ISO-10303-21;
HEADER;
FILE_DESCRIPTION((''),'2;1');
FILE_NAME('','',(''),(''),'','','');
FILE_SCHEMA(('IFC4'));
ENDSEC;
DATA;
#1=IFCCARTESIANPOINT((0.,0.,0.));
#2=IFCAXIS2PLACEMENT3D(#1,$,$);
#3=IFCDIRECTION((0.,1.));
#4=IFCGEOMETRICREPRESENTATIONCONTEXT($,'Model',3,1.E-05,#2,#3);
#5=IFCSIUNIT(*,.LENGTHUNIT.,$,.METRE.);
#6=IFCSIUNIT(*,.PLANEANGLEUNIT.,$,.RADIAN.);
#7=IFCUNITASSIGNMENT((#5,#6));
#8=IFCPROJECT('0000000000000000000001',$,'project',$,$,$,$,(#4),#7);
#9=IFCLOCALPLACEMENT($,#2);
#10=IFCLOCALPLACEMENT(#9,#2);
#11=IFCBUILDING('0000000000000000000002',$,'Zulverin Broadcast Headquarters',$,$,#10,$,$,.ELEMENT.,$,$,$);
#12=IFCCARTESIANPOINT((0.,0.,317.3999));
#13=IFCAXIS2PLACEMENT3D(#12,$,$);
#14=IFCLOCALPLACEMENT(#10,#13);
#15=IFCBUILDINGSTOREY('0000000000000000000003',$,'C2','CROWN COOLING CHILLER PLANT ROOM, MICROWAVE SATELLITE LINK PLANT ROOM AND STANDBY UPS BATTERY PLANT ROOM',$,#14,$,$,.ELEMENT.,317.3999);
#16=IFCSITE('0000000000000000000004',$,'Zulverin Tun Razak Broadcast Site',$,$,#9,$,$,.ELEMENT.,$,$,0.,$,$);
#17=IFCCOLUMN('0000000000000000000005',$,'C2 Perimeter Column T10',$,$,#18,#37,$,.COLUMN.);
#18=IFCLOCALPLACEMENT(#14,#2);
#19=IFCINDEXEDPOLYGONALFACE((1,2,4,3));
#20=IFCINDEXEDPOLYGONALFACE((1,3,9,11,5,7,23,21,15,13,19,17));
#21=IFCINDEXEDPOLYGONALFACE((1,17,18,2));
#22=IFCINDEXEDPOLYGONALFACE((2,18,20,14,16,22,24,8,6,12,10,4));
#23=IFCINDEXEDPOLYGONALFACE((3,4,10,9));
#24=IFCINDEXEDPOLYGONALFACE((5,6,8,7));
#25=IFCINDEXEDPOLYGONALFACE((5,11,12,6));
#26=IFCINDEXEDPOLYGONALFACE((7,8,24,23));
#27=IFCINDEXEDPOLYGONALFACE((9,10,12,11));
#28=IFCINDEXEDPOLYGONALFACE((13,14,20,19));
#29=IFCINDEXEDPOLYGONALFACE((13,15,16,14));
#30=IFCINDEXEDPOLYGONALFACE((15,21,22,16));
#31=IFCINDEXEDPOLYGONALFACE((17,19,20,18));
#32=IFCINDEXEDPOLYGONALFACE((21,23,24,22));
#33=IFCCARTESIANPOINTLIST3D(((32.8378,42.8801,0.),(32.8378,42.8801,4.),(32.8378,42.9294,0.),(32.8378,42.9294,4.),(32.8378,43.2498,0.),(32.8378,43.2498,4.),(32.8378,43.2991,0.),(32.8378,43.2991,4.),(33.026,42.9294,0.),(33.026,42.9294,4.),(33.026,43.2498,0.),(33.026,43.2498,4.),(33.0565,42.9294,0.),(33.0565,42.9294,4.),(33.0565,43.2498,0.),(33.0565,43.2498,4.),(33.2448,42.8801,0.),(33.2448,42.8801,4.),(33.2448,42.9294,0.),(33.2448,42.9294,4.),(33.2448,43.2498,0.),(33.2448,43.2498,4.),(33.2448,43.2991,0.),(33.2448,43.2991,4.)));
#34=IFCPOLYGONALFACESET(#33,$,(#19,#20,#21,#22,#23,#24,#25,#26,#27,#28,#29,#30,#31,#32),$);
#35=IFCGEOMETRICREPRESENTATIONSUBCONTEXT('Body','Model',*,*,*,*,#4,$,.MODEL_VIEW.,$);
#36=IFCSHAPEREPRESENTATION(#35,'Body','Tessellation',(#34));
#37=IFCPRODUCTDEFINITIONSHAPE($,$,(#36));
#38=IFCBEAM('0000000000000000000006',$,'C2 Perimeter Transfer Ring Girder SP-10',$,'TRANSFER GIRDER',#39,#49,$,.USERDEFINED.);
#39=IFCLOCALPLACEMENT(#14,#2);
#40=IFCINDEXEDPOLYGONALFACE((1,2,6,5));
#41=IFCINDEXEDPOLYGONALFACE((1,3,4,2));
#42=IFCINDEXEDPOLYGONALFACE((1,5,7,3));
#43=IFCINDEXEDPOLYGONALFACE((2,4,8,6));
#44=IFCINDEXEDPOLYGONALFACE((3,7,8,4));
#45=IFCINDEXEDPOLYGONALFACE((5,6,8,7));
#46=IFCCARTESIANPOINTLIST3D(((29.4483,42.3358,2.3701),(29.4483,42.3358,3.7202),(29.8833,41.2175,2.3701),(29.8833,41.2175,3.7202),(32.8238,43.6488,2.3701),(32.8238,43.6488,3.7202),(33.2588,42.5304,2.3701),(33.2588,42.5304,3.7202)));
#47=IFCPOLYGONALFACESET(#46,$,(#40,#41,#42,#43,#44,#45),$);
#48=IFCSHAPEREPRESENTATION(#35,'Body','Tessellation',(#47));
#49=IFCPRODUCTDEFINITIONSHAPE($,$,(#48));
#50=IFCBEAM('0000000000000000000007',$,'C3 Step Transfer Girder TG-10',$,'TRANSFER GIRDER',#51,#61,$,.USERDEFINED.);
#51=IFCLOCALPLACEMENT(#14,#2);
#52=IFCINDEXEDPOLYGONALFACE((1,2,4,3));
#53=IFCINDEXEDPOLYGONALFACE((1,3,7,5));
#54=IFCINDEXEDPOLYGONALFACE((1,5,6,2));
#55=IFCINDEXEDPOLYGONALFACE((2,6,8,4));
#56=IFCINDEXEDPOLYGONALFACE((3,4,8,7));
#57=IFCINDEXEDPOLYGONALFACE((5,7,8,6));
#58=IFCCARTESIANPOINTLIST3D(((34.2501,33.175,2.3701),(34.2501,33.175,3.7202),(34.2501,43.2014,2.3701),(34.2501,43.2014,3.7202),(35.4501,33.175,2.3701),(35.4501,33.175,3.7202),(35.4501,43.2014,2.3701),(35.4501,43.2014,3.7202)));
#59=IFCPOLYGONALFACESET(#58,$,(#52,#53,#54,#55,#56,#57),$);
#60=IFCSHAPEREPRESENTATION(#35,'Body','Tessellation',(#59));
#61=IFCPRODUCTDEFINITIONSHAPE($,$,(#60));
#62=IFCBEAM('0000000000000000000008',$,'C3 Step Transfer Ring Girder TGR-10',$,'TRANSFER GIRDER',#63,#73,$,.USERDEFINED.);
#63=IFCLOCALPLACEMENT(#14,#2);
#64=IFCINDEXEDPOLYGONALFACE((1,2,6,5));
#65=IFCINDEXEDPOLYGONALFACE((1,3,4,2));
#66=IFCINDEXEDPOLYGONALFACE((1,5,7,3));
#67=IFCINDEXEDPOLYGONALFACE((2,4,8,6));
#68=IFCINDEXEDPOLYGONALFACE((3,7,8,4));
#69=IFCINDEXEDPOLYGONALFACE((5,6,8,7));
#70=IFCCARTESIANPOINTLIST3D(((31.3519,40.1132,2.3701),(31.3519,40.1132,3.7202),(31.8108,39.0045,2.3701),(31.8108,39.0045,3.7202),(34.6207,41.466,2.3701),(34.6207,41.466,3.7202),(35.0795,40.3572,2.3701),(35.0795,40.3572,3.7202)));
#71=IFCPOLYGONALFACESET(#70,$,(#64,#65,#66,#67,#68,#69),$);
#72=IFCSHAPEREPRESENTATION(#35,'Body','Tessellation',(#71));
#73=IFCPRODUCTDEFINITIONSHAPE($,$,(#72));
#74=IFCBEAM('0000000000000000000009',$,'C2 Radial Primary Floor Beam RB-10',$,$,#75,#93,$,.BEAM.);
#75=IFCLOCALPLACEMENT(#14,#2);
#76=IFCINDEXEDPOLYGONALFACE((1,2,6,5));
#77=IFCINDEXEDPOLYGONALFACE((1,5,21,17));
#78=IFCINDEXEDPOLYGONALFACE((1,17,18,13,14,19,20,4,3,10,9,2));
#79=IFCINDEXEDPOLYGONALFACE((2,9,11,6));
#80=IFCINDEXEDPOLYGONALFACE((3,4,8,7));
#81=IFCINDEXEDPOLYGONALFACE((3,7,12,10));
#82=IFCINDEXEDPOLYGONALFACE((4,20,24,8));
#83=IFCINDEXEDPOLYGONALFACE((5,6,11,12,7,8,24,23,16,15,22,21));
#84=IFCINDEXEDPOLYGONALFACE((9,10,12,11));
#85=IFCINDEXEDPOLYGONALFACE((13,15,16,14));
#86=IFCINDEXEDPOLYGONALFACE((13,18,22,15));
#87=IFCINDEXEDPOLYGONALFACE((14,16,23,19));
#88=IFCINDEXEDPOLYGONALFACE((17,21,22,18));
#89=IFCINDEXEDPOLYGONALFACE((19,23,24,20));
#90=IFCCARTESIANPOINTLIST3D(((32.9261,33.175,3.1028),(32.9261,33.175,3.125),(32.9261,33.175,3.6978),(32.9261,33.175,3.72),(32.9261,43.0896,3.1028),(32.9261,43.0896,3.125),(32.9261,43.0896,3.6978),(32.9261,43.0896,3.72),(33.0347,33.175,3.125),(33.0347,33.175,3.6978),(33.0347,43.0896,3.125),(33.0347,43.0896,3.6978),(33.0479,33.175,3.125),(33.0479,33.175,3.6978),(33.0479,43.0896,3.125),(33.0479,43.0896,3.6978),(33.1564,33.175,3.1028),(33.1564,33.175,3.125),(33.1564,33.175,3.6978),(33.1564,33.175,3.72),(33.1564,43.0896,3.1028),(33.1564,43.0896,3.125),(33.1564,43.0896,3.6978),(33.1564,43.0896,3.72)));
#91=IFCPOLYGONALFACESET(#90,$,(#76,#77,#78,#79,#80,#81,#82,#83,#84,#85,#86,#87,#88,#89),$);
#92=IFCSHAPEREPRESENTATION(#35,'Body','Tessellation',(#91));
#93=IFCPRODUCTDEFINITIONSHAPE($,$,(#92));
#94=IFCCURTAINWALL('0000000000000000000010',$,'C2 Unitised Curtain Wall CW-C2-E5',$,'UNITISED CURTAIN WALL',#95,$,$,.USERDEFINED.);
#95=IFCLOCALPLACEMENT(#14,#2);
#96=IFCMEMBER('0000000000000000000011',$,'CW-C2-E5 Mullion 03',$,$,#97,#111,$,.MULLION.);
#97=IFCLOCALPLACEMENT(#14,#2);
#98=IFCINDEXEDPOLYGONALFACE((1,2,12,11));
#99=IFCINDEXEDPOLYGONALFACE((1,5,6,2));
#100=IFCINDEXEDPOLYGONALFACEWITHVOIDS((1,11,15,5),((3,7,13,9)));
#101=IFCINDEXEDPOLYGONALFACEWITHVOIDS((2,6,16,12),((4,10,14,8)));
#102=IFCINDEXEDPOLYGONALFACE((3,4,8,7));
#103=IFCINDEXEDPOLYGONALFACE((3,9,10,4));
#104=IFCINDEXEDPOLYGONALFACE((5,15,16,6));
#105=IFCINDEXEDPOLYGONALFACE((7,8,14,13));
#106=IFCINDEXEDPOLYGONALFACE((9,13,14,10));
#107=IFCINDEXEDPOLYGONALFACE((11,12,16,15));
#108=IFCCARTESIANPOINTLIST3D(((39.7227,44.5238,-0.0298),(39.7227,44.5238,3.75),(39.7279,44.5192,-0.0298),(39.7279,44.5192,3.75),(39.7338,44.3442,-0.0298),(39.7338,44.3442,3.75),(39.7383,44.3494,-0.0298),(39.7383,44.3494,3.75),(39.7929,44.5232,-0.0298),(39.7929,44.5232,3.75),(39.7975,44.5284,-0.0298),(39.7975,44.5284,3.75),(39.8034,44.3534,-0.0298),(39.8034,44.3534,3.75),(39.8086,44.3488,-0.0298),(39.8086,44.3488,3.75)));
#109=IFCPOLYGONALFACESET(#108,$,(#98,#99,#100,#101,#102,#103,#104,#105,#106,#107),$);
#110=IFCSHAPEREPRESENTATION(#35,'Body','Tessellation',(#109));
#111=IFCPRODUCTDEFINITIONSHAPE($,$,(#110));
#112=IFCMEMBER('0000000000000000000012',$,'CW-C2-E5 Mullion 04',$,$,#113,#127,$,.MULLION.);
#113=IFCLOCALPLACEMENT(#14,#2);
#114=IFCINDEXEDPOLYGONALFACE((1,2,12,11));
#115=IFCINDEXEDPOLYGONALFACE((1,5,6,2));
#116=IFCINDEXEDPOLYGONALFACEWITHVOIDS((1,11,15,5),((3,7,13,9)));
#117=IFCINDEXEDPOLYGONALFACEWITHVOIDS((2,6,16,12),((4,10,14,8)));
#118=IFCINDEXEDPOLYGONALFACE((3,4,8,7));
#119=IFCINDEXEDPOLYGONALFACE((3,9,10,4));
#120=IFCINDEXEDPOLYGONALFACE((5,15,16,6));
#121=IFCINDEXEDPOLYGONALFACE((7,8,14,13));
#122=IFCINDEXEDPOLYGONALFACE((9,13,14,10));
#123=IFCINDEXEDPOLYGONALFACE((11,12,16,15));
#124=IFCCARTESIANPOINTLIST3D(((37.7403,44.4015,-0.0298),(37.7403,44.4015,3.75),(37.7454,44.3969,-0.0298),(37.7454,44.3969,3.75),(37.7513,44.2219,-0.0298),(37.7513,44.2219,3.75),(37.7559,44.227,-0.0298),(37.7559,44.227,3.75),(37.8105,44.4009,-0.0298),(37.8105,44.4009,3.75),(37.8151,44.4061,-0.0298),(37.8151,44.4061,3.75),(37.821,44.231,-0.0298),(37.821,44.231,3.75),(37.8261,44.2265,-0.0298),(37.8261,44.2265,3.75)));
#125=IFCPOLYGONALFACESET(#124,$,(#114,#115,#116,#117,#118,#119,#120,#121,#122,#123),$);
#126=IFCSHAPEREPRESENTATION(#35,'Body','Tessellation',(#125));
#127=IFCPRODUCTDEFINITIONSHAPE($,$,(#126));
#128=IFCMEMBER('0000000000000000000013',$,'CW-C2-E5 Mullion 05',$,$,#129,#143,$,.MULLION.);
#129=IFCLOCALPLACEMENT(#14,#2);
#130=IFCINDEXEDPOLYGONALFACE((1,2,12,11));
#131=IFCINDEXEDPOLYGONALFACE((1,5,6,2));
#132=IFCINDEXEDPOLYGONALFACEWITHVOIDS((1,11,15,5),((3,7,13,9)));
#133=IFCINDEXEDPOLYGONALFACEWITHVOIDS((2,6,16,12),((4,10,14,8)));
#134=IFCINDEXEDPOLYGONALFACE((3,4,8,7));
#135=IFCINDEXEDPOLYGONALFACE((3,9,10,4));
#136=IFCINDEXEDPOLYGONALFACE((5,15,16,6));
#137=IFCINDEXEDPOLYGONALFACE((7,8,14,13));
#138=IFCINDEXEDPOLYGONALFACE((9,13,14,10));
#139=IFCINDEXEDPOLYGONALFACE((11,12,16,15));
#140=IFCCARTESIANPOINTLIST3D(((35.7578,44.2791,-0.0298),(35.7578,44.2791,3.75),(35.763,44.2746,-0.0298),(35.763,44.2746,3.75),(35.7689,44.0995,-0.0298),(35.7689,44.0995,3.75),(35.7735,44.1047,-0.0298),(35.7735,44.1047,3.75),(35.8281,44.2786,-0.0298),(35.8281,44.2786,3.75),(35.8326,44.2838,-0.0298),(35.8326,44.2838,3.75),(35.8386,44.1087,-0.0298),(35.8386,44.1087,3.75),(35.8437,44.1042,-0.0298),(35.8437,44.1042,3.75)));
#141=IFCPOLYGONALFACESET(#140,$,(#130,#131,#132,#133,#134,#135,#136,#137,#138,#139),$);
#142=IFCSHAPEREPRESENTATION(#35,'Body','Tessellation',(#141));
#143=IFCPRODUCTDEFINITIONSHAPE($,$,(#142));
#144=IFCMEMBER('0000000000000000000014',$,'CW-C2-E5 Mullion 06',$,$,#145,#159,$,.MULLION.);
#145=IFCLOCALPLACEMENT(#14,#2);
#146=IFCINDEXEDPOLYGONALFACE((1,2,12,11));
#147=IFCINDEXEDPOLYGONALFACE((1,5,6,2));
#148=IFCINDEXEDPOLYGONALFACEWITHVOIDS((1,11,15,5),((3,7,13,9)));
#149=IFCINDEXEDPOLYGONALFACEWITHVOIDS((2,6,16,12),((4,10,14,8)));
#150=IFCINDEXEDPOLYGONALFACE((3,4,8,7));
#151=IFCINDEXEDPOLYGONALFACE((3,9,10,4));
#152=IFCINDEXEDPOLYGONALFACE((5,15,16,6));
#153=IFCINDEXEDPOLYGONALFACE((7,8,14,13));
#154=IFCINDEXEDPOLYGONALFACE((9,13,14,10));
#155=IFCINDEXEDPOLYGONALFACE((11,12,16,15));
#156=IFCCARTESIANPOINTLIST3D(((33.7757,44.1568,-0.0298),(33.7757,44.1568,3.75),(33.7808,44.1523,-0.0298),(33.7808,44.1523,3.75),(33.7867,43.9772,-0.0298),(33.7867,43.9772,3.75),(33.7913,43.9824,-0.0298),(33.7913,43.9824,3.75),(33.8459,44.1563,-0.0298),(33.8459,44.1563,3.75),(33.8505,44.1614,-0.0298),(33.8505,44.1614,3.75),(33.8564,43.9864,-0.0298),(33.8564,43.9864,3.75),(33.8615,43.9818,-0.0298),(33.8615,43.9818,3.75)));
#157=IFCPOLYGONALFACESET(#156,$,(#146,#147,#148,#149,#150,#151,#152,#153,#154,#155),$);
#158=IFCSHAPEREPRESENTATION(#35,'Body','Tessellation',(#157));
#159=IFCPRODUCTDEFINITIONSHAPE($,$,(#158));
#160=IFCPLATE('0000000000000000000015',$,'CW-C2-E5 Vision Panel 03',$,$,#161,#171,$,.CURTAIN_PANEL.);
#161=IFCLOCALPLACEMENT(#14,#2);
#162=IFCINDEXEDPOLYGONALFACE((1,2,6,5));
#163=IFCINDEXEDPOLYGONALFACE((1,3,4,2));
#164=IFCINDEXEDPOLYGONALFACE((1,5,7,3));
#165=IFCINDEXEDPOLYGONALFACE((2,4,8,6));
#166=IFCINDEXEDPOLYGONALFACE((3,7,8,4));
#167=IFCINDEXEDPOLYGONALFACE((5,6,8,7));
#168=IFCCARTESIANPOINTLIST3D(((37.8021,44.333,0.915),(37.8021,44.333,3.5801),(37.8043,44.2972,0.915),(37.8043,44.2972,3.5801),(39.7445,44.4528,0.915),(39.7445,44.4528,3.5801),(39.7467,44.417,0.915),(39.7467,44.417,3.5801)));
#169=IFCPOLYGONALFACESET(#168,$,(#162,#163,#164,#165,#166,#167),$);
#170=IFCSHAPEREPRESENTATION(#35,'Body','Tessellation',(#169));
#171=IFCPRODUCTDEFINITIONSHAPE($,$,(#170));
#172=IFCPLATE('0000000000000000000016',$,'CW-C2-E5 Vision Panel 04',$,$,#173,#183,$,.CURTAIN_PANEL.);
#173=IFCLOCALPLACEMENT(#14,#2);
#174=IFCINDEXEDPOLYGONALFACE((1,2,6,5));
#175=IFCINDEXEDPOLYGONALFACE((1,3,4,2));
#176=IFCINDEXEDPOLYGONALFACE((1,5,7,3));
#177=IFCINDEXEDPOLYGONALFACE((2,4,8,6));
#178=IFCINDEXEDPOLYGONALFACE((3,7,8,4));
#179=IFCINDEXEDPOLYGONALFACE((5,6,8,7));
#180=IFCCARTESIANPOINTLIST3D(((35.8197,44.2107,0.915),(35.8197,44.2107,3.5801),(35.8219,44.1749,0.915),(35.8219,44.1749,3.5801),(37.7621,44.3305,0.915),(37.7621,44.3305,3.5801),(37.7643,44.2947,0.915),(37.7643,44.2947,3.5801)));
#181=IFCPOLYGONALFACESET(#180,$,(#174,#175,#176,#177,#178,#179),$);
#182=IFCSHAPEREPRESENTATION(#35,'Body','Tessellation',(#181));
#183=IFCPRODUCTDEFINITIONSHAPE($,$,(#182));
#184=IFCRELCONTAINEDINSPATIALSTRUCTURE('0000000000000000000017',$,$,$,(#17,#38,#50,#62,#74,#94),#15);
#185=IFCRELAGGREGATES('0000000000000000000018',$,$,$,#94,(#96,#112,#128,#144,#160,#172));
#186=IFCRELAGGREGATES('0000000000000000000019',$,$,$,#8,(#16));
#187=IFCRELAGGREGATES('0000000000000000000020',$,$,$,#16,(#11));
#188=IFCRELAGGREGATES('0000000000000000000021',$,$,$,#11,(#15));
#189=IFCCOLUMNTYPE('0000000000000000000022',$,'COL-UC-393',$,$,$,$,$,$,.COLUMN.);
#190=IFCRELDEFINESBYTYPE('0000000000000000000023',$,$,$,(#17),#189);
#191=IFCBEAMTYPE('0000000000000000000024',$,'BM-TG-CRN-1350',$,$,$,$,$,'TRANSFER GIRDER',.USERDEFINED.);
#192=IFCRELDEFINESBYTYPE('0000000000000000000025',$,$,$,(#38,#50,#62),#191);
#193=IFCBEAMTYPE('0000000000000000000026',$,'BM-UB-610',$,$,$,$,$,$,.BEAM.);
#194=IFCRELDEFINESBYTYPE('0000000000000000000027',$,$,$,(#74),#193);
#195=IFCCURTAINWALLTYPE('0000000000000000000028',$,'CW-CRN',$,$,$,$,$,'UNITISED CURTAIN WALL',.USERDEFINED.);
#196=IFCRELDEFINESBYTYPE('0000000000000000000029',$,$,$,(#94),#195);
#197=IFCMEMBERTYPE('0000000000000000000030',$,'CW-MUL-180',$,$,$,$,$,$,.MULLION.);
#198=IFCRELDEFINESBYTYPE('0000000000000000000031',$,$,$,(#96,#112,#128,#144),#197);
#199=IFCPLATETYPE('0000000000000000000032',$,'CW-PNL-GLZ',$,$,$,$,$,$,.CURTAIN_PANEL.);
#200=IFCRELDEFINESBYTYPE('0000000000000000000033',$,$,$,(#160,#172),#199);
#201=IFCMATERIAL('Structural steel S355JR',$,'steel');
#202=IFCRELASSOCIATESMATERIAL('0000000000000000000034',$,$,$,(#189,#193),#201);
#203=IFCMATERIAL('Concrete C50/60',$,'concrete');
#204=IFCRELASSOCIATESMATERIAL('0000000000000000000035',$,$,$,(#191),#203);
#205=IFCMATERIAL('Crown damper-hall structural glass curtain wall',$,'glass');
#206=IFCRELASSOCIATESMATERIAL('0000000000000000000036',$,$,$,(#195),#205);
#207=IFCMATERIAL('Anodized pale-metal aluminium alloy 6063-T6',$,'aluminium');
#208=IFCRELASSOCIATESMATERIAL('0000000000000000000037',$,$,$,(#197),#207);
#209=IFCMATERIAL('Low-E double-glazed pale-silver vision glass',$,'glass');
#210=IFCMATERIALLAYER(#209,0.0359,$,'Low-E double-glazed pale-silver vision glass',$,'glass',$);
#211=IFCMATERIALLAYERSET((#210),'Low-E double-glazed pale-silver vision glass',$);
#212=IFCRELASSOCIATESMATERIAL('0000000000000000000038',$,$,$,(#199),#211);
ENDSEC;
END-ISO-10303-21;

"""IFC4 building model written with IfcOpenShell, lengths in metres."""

from ifc_helpers import new_model, si_unit, direction, frame, origin, origin_2d, place, context, subcontext, project, spatial, rectangle, hollow_rectangle, i_section, extrude, material, layer, layer_set, material_profile, profile_set, type_object, element, aggregate, save


model = new_model("IFC4")

# Units and contexts
model_context = context("Model", 3, precision=1e-05, world=origin(), true_north=direction((0.0, 1.0)))
body_context = subcontext(model_context, "Body", "Model", "MODEL_VIEW")
ifc_project = project(units=[si_unit("LENGTHUNIT", "METRE"), si_unit("PLANEANGLEUNIT", "RADIAN")], contexts=[model_context])

# Site, building, storey
site_placement = place(None, origin())
site = spatial("IfcSite", under=ifc_project, at=site_placement, Name="Zulverin Tun Razak Broadcast Site", CompositionType="ELEMENT", RefElevation=0.0)
building_placement = place(site_placement, origin())
building = spatial("IfcBuilding", under=site, at=building_placement, Name="Zulverin Broadcast Headquarters", CompositionType="ELEMENT")
storey_placement = place(building_placement, frame((0.0, 0.0, 317.3999)))
storey = spatial("IfcBuildingStorey", under=building, at=storey_placement, Name="C2", Description="CROWN COOLING CHILLER PLANT ROOM, MICROWAVE SATELLITE LINK PLANT ROOM AND STANDBY UPS BATTERY PLANT ROOM", CompositionType="ELEMENT", Elevation=317.3999)

# Column
ifc_material_1 = material(Name="Structural steel S355JR", Category="steel")
ifc_material_profile_1 = material_profile(ifc_material_1, i_section(OverallWidth=0.407, OverallDepth=0.4189, WebThickness=0.0305, FlangeThickness=0.0493, at=origin_2d()), Name="Structural steel S355JR", Category="steel")
ifc_profile_set_1 = profile_set([ifc_material_profile_1], Name="Structural steel S355JR")
column_type = type_object("IfcColumnType", Name="COL-UC-393", PredefinedType="COLUMN", material=ifc_profile_set_1)
column_placement = place(storey_placement, frame((33.0413, 43.0896, 0.0), z_axis=(0.0, 0.0, 1.0), x_axis=(1.0, 0.0, 0.0)))
element("IfcColumn", 1, at=column_placement, inside=storey, type_object=column_type, Name="C2 Perimeter Column T10", PredefinedType="COLUMN", context=body_context, shape_type="SweptSolid", body=[
    extrude(i_section(OverallWidth=0.407, OverallDepth=0.4189, WebThickness=0.0305, FlangeThickness=0.0493, at=origin_2d()), origin(), (0.0, 0.0, 1.0), 4.0),
])

# Beams
ifc_material_2 = material(Name="Concrete C50/60", Category="concrete")
ifc_material_profile_2 = material_profile(ifc_material_2, rectangle(XDim=1.2, YDim=1.3501, at=origin_2d()), Name="Concrete C50/60", Category="concrete")
ifc_profile_set_2 = profile_set([ifc_material_profile_2], Name="Concrete C50/60")
beam_type_1 = type_object("IfcBeamType", Name="BM-TG-CRN-1350", ElementType="TRANSFER GIRDER", PredefinedType="USERDEFINED", material=ifc_profile_set_2)
beam_1_placement = place(storey_placement, frame((33.0413, 43.0896, 3.0452), z_axis=(-0.931977, -0.362518, 0.0), x_axis=(0.362518, -0.931977, 0.0)))
element("IfcBeam", 2, at=beam_1_placement, inside=storey, type_object=beam_type_1, Name="C2 Perimeter Transfer Ring Girder SP-10", ObjectType="TRANSFER GIRDER", PredefinedType="USERDEFINED", context=body_context, shape_type="SweptSolid", body=[
    extrude(rectangle(XDim=1.2, YDim=1.3501, at=origin_2d()), origin(), (0.0, 0.0, 1.0), 3.6218),
])
beam_2_placement = place(storey_placement, frame((34.8501, 33.175, 3.0452), z_axis=(0.0, 1.0, 0.0), x_axis=(-1.0, 0.0, 0.0)))
element("IfcBeam", 3, at=beam_2_placement, inside=storey, type_object=beam_type_1, Name="C3 Step Transfer Girder TG-10", ObjectType="TRANSFER GIRDER", PredefinedType="USERDEFINED", context=body_context, shape_type="SweptSolid", body=[
    extrude(rectangle(XDim=1.2, YDim=1.3501, at=origin_2d()), origin(), (0.0, 0.0, 1.0), 10.0264),
])
beam_3_placement = place(storey_placement, frame((34.8501, 40.9116, 3.0452), z_axis=(-0.923999, -0.382394, 0.0), x_axis=(0.382394, -0.923999, 0.0)))
element("IfcBeam", 4, at=beam_3_placement, inside=storey, type_object=beam_type_1, Name="C3 Step Transfer Ring Girder TGR-10", ObjectType="TRANSFER GIRDER", PredefinedType="USERDEFINED", context=body_context, shape_type="SweptSolid", body=[
    extrude(rectangle(XDim=1.2, YDim=1.3501, at=origin_2d()), origin(), (0.0, 0.0, 1.0), 3.5376),
])
ifc_material_profile_3 = material_profile(ifc_material_1, i_section(OverallWidth=0.2302, OverallDepth=0.6172, WebThickness=0.0132, FlangeThickness=0.0222, at=origin_2d()), Name="Structural steel S355JR", Category="steel")
ifc_profile_set_3 = profile_set([ifc_material_profile_3], Name="Structural steel S355JR")
beam_type_2 = type_object("IfcBeamType", Name="BM-UB-610", PredefinedType="BEAM", material=ifc_profile_set_3)
beam_4_placement = place(storey_placement, frame((33.0413, 33.175, 3.4114), z_axis=(0.0, 1.0, 0.0), x_axis=(-1.0, 0.0, 0.0)))
element("IfcBeam", 5, at=beam_4_placement, inside=storey, type_object=beam_type_2, Name="C2 Radial Primary Floor Beam RB-10", PredefinedType="BEAM", context=body_context, shape_type="SweptSolid", body=[
    extrude(i_section(OverallWidth=0.2302, OverallDepth=0.6172, WebThickness=0.0132, FlangeThickness=0.0222, at=origin_2d()), origin(), (0.0, 0.0, 1.0), 9.9146),
])

# Curtain wall, members, plates
ifc_material_3 = material(Name="Crown damper-hall structural glass curtain wall", Category="glass")
curtain_wall_type = type_object("IfcCurtainWallType", Name="CW-CRN", ElementType="UNITISED CURTAIN WALL", PredefinedType="USERDEFINED", material=ifc_material_3)
curtain_wall_placement = place(storey_placement, origin())
curtain_wall = element("IfcCurtainWall", 6, at=curtain_wall_placement, inside=storey, type_object=curtain_wall_type, Name="C2 Unitised Curtain Wall CW-C2-E5", ObjectType="UNITISED CURTAIN WALL", PredefinedType="USERDEFINED")
ifc_material_4 = material(Name="Anodized pale-metal aluminium alloy 6063-T6", Category="aluminium")
ifc_material_profile_4 = material_profile(ifc_material_4, hollow_rectangle(XDim=0.075, YDim=0.1799, WallThickness=0.0049, at=origin_2d()), Name="Anodized pale-metal aluminium alloy 6063-T6", Category="aluminium")
ifc_profile_set_4 = profile_set([ifc_material_profile_4], Name="Anodized pale-metal aluminium alloy 6063-T6")
member_type = type_object("IfcMemberType", Name="CW-MUL-180", PredefinedType="MULLION", material=ifc_profile_set_4)
member_1_placement = place(storey_placement, frame((39.7656, 44.4363, -0.0298), z_axis=(0.0, 0.0, 1.0), x_axis=(-0.998103, -0.061569, 0.0)))
member_1 = element("IfcMember", 7, at=member_1_placement, type_object=member_type, Name="CW-C2-E5 Mullion 03", PredefinedType="MULLION", context=body_context, shape_type="SweptSolid", body=[
    extrude(hollow_rectangle(XDim=0.075, YDim=0.1799, WallThickness=0.0049, at=origin_2d()), origin(), (0.0, 0.0, 1.0), 3.7798),
])
member_2_placement = place(storey_placement, frame((37.7832, 44.314, -0.0298), z_axis=(0.0, 0.0, 1.0), x_axis=(-0.998103, -0.061569, 0.0)))
member_2 = element("IfcMember", 8, at=member_2_placement, type_object=member_type, Name="CW-C2-E5 Mullion 04", PredefinedType="MULLION", context=body_context, shape_type="SweptSolid", body=[
    extrude(hollow_rectangle(XDim=0.075, YDim=0.1799, WallThickness=0.0049, at=origin_2d()), origin(), (0.0, 0.0, 1.0), 3.7798),
])
member_3_placement = place(storey_placement, frame((35.8008, 44.1917, -0.0298), z_axis=(0.0, 0.0, 1.0), x_axis=(-0.998103, -0.061569, 0.0)))
member_3 = element("IfcMember", 9, at=member_3_placement, type_object=member_type, Name="CW-C2-E5 Mullion 05", PredefinedType="MULLION", context=body_context, shape_type="SweptSolid", body=[
    extrude(hollow_rectangle(XDim=0.075, YDim=0.1799, WallThickness=0.0049, at=origin_2d()), origin(), (0.0, 0.0, 1.0), 3.7798),
])
member_4_placement = place(storey_placement, frame((33.8186, 44.0693, -0.0298), z_axis=(0.0, 0.0, 1.0), x_axis=(-0.998103, -0.061569, 0.0)))
member_4 = element("IfcMember", 10, at=member_4_placement, type_object=member_type, Name="CW-C2-E5 Mullion 06", PredefinedType="MULLION", context=body_context, shape_type="SweptSolid", body=[
    extrude(hollow_rectangle(XDim=0.075, YDim=0.1799, WallThickness=0.0049, at=origin_2d()), origin(), (0.0, 0.0, 1.0), 3.7798),
])
ifc_material_5 = material(Name="Low-E double-glazed pale-silver vision glass", Category="glass")
ifc_layer_1 = layer(ifc_material_5, 0.0359, Name="Low-E double-glazed pale-silver vision glass", Category="glass")
ifc_layer_set_1 = layer_set([ifc_layer_1], Name="Low-E double-glazed pale-silver vision glass")
plate_type_1 = type_object("IfcPlateType", Name="CW-PNL-GLZ", PredefinedType="CURTAIN_PANEL", material=ifc_layer_set_1)
plate_1_placement = place(storey_placement, frame((38.7744, 44.375, 0.915), z_axis=(0.0, 0.0, 1.0), x_axis=(-0.998103, -0.061569, 0.0)))
plate_1 = element("IfcPlate", 11, at=plate_1_placement, type_object=plate_type_1, Name="CW-C2-E5 Vision Panel 03", PredefinedType="CURTAIN_PANEL", context=body_context, shape_type="SweptSolid", body=[
    extrude(rectangle(XDim=1.946, YDim=0.0359, at=origin_2d()), origin(), (0.0, 0.0, 1.0), 2.665),
])
plate_2_placement = place(storey_placement, frame((36.792, 44.2527, 0.915), z_axis=(0.0, 0.0, 1.0), x_axis=(-0.998103, -0.061569, 0.0)))
plate_2 = element("IfcPlate", 12, at=plate_2_placement, type_object=plate_type_1, Name="CW-C2-E5 Vision Panel 04", PredefinedType="CURTAIN_PANEL", context=body_context, shape_type="SweptSolid", body=[
    extrude(rectangle(XDim=1.946, YDim=0.0359, at=origin_2d()), origin(), (0.0, 0.0, 1.0), 2.665),
])
aggregate(curtain_wall, [member_1, member_2, member_3, member_4, plate_1, plate_2])

save(model, "model.ifc")
